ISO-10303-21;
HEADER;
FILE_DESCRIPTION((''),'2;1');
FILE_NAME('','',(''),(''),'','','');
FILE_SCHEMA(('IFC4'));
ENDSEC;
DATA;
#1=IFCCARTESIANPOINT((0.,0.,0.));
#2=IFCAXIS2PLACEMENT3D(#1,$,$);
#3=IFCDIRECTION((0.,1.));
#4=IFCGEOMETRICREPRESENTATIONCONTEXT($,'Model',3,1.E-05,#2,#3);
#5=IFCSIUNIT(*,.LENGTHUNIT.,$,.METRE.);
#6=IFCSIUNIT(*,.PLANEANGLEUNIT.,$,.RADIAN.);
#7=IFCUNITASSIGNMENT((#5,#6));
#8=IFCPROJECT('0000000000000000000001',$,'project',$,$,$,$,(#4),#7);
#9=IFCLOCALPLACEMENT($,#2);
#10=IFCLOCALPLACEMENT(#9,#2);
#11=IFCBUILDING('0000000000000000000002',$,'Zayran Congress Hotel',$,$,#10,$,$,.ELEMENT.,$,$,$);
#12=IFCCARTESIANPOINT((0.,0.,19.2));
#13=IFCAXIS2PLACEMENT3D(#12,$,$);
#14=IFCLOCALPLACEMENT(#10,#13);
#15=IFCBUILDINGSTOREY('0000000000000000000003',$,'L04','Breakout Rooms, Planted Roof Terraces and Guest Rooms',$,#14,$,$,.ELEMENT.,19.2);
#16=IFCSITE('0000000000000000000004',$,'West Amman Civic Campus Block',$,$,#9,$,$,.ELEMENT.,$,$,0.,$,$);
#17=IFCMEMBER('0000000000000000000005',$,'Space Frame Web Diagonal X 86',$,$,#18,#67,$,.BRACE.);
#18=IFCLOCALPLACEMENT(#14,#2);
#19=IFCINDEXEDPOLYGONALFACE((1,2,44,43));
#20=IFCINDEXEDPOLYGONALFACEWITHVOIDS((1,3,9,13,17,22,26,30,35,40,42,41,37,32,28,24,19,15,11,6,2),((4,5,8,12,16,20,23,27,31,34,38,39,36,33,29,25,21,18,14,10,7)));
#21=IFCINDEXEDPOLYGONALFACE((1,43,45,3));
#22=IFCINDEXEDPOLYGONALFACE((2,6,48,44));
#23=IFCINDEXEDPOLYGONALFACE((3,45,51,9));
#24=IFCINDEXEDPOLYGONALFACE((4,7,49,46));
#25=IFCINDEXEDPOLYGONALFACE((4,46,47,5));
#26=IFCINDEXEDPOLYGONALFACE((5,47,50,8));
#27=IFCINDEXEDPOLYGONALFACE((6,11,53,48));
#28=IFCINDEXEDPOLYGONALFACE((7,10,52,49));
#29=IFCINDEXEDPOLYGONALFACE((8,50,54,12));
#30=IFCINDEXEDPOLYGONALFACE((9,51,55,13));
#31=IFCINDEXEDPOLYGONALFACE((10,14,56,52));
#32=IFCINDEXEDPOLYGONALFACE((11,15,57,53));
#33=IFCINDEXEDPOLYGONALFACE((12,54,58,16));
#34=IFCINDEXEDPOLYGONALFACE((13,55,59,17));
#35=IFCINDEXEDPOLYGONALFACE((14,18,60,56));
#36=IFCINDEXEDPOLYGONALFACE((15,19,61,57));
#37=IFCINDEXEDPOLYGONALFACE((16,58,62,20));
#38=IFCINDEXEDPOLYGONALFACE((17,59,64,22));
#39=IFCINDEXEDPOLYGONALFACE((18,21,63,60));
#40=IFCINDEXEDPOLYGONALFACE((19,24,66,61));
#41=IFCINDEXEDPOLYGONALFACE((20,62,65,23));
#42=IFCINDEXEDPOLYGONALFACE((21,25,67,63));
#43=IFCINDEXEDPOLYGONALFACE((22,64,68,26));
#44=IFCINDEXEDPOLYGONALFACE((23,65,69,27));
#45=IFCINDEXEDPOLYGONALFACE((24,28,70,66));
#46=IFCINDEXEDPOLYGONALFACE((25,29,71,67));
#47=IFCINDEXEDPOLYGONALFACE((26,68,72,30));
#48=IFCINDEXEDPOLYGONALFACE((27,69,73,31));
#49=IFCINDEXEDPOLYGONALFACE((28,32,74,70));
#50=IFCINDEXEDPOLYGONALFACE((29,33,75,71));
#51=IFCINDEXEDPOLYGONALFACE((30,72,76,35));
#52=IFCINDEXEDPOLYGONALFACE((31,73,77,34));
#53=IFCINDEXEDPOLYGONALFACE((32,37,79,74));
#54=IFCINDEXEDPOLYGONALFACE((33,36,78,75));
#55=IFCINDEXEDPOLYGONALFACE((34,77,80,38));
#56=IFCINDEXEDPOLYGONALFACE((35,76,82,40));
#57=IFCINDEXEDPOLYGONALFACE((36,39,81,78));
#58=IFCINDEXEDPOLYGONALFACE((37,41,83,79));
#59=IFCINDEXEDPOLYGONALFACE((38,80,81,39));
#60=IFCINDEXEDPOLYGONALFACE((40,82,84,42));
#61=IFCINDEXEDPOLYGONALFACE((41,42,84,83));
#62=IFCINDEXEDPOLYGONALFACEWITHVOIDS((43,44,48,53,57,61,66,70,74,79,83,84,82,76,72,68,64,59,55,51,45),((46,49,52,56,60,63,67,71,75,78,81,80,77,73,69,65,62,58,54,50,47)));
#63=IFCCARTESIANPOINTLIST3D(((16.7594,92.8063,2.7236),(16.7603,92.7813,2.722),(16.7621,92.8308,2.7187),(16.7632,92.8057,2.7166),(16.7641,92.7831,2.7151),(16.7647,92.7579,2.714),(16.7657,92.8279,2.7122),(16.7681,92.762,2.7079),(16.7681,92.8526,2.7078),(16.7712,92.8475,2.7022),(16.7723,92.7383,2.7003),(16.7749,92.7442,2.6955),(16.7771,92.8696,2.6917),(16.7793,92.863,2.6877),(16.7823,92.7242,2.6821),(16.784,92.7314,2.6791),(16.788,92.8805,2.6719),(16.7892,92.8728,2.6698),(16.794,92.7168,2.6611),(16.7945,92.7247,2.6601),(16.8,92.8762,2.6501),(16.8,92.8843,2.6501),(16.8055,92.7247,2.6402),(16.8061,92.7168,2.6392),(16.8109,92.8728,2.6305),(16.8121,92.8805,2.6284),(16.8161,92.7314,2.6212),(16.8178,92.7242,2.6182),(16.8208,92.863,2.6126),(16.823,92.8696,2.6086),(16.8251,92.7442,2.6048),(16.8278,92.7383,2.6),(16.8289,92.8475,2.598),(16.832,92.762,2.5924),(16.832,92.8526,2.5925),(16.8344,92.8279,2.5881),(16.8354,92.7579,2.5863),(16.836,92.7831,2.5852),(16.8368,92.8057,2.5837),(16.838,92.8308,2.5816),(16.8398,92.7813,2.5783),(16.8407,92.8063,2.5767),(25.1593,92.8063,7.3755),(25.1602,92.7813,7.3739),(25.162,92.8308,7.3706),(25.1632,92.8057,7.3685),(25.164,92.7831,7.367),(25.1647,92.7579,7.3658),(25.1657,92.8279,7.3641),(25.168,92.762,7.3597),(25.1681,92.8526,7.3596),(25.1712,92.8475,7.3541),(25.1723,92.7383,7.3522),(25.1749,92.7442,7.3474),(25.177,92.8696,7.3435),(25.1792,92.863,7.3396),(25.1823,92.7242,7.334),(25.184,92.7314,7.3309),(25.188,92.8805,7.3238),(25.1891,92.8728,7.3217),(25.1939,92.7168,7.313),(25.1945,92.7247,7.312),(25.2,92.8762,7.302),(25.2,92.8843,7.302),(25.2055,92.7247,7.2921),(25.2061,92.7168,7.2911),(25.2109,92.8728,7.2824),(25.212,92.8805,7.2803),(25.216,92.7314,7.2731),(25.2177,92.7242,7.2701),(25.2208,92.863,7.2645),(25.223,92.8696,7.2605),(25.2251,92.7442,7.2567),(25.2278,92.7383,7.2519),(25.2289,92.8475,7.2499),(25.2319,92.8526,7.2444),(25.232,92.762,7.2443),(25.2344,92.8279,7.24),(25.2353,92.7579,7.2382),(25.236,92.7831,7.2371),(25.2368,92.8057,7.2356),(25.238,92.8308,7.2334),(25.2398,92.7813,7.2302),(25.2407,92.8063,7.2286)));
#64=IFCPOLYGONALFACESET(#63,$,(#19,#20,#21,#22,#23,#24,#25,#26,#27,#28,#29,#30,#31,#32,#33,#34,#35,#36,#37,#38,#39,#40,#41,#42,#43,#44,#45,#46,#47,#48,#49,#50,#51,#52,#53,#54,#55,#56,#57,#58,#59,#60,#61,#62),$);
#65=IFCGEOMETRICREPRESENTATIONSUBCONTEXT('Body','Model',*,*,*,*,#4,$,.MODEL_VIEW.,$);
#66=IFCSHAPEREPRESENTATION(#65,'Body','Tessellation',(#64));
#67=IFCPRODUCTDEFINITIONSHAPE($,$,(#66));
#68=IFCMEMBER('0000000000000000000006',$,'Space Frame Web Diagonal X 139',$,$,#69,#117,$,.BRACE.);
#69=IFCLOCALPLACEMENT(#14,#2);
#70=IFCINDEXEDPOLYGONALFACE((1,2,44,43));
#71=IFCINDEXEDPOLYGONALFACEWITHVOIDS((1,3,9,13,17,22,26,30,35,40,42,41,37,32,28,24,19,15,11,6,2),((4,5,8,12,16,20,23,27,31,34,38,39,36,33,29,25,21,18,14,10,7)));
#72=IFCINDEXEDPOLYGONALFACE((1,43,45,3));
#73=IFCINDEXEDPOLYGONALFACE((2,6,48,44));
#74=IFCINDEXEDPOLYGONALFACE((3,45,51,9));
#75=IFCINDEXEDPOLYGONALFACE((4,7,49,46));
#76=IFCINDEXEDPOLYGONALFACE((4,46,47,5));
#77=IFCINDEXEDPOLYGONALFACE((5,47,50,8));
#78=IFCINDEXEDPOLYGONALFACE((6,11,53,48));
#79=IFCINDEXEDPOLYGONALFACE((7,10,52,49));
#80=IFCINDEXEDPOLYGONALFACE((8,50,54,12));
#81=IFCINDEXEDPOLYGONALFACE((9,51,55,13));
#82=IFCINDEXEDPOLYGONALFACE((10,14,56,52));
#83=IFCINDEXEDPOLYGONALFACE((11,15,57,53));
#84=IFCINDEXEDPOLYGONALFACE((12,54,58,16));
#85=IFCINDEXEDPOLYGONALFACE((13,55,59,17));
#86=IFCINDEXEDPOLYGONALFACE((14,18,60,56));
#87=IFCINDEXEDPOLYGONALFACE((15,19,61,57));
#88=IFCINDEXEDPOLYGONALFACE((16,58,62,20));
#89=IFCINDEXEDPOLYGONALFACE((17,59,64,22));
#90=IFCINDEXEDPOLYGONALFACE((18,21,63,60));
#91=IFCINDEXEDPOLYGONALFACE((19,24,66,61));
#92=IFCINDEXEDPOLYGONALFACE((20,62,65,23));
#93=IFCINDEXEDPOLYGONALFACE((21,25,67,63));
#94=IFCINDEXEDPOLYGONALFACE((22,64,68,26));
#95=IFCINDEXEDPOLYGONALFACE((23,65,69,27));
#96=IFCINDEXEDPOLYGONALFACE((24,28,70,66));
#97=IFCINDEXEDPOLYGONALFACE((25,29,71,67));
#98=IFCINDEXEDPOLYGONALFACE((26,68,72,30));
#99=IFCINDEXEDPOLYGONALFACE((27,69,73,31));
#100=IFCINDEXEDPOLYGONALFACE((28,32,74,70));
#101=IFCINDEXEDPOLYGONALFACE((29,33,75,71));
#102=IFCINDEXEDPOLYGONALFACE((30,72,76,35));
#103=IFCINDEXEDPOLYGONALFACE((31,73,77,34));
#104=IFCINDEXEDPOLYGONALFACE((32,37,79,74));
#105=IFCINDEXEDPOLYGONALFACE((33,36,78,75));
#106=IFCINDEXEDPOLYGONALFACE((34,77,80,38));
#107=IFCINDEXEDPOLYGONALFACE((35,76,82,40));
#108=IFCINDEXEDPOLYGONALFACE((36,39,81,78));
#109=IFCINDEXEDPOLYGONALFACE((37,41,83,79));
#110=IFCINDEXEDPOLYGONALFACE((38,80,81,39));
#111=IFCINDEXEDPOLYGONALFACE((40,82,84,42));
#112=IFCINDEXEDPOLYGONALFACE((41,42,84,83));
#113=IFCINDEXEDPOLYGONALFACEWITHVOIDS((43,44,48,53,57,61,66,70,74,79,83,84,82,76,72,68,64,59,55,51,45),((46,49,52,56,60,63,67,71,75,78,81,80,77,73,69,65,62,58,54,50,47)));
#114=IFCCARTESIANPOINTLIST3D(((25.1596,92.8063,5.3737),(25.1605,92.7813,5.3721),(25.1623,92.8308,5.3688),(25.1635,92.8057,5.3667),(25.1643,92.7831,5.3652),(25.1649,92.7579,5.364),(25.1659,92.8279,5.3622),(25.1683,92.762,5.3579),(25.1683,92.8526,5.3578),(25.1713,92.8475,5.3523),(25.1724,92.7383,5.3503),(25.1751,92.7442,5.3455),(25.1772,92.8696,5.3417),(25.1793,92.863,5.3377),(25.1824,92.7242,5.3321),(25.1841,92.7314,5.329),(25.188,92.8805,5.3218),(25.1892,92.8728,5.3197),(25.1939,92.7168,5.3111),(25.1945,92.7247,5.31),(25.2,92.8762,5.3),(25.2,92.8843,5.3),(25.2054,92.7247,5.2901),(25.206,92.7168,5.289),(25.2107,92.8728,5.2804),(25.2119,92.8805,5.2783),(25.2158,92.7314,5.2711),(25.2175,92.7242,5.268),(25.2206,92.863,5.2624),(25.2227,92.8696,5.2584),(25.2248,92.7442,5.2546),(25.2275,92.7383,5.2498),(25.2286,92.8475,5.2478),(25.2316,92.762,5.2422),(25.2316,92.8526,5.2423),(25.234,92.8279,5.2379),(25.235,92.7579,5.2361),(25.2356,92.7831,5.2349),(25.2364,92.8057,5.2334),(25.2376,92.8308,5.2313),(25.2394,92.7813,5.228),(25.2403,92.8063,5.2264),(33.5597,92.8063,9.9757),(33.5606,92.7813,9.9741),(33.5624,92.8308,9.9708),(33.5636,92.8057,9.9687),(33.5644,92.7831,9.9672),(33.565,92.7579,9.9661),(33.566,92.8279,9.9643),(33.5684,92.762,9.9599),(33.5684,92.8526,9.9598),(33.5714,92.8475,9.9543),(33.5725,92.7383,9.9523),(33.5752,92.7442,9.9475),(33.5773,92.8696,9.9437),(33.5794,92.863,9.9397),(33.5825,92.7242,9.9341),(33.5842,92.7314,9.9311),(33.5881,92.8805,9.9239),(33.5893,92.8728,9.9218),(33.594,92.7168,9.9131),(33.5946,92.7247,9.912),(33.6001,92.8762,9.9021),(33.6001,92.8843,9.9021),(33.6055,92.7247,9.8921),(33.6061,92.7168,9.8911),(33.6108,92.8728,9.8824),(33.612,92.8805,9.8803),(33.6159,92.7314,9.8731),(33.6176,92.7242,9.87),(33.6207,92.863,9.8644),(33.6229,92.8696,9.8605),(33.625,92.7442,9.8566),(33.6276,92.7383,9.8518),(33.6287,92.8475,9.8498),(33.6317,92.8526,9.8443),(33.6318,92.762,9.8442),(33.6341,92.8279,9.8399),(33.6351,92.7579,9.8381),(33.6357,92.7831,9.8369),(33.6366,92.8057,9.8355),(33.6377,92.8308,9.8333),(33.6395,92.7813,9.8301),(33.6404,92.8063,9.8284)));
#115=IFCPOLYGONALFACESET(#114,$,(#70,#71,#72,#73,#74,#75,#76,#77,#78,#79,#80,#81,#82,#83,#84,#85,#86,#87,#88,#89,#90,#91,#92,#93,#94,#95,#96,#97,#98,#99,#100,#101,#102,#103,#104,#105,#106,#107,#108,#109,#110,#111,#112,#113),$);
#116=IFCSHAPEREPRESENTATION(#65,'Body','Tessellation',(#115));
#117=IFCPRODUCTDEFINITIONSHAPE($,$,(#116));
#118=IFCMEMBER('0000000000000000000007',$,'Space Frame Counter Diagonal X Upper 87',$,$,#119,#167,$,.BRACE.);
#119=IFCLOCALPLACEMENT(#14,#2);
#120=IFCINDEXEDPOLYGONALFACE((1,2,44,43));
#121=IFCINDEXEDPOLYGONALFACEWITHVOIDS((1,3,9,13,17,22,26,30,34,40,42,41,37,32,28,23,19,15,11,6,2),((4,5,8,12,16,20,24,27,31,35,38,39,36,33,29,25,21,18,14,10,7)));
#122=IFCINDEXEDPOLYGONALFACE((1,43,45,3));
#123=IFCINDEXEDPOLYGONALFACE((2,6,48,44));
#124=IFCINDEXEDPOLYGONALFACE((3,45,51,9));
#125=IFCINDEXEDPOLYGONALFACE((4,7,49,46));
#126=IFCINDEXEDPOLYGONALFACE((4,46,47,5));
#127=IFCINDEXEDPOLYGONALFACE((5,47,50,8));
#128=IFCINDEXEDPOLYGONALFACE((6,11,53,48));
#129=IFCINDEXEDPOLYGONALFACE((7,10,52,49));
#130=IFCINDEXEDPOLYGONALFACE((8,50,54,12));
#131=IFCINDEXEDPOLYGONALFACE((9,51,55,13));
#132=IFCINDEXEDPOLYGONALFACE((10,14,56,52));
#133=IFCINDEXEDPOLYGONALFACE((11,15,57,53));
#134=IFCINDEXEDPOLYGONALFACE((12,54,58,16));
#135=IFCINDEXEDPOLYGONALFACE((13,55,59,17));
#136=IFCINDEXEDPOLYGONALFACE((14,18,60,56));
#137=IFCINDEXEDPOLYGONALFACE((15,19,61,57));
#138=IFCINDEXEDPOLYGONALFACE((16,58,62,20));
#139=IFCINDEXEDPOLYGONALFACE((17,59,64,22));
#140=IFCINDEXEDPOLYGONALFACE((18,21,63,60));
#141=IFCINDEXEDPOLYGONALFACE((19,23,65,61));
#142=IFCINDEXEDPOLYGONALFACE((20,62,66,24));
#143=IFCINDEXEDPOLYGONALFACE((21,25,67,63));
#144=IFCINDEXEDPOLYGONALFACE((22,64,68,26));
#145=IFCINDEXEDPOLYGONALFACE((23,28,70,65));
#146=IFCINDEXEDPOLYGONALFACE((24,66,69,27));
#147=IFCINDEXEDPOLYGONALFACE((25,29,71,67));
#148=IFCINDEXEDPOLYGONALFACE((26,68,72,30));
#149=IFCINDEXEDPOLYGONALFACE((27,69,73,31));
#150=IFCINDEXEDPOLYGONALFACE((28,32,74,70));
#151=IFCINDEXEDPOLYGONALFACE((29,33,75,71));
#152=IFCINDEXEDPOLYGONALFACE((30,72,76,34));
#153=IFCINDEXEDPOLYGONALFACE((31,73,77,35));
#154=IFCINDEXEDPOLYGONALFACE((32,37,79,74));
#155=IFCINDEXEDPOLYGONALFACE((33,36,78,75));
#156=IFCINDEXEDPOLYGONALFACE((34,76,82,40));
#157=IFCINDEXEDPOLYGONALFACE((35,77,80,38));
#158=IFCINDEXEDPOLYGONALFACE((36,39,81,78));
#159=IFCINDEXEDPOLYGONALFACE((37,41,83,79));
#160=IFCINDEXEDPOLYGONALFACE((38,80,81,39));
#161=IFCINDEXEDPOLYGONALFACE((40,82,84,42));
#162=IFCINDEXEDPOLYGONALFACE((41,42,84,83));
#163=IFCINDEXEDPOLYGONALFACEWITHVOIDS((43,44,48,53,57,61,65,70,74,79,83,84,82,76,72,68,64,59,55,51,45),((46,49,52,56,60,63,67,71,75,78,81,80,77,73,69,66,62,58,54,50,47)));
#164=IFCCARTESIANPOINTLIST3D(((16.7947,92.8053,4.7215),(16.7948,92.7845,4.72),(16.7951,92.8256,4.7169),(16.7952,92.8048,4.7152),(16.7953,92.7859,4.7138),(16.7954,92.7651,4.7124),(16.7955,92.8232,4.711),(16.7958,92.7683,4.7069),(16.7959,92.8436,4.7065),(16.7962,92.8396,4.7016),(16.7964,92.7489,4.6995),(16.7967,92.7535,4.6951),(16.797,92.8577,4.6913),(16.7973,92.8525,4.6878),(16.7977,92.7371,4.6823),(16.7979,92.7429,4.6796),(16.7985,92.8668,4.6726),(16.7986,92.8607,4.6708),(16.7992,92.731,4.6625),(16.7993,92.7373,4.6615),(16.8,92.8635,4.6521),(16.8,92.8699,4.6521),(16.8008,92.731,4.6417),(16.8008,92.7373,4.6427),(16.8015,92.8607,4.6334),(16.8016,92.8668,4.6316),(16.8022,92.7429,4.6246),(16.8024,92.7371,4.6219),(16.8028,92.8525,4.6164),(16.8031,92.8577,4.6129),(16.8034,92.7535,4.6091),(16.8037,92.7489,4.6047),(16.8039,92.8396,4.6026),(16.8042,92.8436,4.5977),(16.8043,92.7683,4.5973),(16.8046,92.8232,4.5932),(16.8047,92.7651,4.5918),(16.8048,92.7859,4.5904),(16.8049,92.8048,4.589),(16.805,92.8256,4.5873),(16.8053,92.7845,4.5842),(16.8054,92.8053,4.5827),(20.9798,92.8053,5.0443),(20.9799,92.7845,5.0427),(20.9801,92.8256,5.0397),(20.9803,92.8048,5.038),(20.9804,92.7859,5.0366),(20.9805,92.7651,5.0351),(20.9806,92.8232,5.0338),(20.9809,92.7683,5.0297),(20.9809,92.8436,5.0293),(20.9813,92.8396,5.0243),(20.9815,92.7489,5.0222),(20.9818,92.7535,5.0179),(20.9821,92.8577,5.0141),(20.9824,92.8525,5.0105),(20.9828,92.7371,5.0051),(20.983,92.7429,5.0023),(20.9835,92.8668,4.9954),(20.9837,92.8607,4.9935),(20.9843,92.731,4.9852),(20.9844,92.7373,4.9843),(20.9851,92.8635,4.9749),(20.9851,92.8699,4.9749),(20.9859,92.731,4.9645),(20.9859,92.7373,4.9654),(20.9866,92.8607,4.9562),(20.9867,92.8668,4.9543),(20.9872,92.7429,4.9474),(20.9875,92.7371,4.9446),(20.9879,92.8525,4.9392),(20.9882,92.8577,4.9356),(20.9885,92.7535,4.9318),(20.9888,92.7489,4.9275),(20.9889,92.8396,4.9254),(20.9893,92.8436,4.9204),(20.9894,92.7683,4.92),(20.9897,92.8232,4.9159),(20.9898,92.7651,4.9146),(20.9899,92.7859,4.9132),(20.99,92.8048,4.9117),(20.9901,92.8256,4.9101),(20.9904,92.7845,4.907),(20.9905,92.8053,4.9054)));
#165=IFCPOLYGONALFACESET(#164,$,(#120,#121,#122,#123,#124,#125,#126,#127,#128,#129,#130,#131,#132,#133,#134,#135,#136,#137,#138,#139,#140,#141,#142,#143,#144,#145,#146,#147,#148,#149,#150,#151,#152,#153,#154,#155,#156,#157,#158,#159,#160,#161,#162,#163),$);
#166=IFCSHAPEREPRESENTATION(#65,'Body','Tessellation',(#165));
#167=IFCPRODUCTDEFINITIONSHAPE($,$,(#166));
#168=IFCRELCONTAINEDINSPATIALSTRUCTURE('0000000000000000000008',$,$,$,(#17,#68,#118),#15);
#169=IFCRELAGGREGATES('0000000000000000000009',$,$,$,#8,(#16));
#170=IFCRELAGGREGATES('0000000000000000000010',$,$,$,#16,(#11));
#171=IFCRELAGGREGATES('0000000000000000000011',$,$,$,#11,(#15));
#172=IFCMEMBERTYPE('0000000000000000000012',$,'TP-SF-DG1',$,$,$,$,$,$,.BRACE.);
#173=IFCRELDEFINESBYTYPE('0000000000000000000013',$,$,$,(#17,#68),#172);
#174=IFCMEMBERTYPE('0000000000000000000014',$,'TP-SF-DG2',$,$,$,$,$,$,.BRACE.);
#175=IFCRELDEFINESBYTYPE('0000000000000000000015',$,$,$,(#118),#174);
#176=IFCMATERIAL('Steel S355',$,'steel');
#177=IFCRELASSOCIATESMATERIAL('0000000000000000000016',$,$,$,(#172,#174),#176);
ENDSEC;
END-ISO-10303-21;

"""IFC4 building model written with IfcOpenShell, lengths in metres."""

from ifc_helpers import new_model, si_unit, direction, frame, origin, origin_2d, place, context, subcontext, project, spatial, hollow_circle, extrude, material, material_profile, profile_set, type_object, element, save


model = new_model("IFC4")

# Units and contexts
model_context = context("Model", 3, precision=1e-05, world=origin(), true_north=direction((0.0, 1.0)))
body_context = subcontext(model_context, "Body", "Model", "MODEL_VIEW")
ifc_project = project(units=[si_unit("LENGTHUNIT", "METRE"), si_unit("PLANEANGLEUNIT", "RADIAN")], contexts=[model_context])

# Site, building, storey
site_placement = place(None, origin())
site = spatial("IfcSite", under=ifc_project, at=site_placement, Name="West Amman Civic Campus Block", CompositionType="ELEMENT", RefElevation=0.0)
building_placement = place(site_placement, origin())
building = spatial("IfcBuilding", under=site, at=building_placement, Name="Zayran Congress Hotel", CompositionType="ELEMENT")
storey_placement = place(building_placement, frame((0.0, 0.0, 19.2)))
storey = spatial("IfcBuildingStorey", under=building, at=storey_placement, Name="L04", Description="Breakout Rooms, Planted Roof Terraces and Guest Rooms", CompositionType="ELEMENT", Elevation=19.2)

# Members
ifc_material_1 = material(Name="Steel S355", Category="steel")
ifc_material_profile_1 = material_profile(ifc_material_1, hollow_circle(Radius=0.0842, WallThickness=0.0081, at=origin_2d()), Name="CHS 168.3x8")
ifc_profile_set_1 = profile_set([ifc_material_profile_1], Name="Steel S355")
member_type_1 = type_object("IfcMemberType", Name="TP-SF-DG1", PredefinedType="BRACE", material=ifc_profile_set_1)
member_1_placement = place(storey_placement, frame((16.8, 92.8, 2.6501), z_axis=(0.874809, 0.0, 0.484468), x_axis=(0.0, 1.0, 0.0)))
element("IfcMember", 1, at=member_1_placement, inside=storey, type_object=member_type_1, Name="Space Frame Web Diagonal X 86", PredefinedType="BRACE", context=body_context, shape_type="SweptSolid", body=[
    extrude(hollow_circle(Radius=0.0842, WallThickness=0.0081, at=origin_2d()), origin(), (0.0, 0.0, 1.0), 9.6021),
])
member_2_placement = place(storey_placement, frame((25.2, 92.8, 5.3), z_axis=(0.87701, 0.0, 0.480473), x_axis=(0.0, 1.0, 0.0)))
element("IfcMember", 2, at=member_2_placement, inside=storey, type_object=member_type_1, Name="Space Frame Web Diagonal X 139", PredefinedType="BRACE", context=body_context, shape_type="SweptSolid", body=[
    extrude(hollow_circle(Radius=0.0842, WallThickness=0.0081, at=origin_2d()), origin(), (0.0, 0.0, 1.0), 9.5781),
])
ifc_material_profile_2 = material_profile(ifc_material_1, hollow_circle(Radius=0.0698, WallThickness=0.0063, at=origin_2d()), Name="CHS 139.7x6.3")
ifc_profile_set_2 = profile_set([ifc_material_profile_2], Name="Steel S355")
member_type_2 = type_object("IfcMemberType", Name="TP-SF-DG2", PredefinedType="BRACE", material=ifc_profile_set_2)
for number, where, z_axis, x_axis, name in (
    (3, (16.8, 92.8, 4.6521), (0.997039, 0.0, 0.076892), (0.0, 1.0, 0.0), "Space Frame Counter Diagonal X Upper 87"),
):
    element("IfcMember", number, at=place(storey_placement, frame(where, z_axis=z_axis, x_axis=x_axis)), inside=storey, type_object=member_type_2, Name=name, PredefinedType="BRACE", context=body_context, shape_type="SweptSolid", body=[
        extrude(hollow_circle(Radius=0.0698, WallThickness=0.0063, at=origin_2d()), origin(), (0.0, 0.0, 1.0), 4.1975),
    ])

save(model, "model.ifc")
